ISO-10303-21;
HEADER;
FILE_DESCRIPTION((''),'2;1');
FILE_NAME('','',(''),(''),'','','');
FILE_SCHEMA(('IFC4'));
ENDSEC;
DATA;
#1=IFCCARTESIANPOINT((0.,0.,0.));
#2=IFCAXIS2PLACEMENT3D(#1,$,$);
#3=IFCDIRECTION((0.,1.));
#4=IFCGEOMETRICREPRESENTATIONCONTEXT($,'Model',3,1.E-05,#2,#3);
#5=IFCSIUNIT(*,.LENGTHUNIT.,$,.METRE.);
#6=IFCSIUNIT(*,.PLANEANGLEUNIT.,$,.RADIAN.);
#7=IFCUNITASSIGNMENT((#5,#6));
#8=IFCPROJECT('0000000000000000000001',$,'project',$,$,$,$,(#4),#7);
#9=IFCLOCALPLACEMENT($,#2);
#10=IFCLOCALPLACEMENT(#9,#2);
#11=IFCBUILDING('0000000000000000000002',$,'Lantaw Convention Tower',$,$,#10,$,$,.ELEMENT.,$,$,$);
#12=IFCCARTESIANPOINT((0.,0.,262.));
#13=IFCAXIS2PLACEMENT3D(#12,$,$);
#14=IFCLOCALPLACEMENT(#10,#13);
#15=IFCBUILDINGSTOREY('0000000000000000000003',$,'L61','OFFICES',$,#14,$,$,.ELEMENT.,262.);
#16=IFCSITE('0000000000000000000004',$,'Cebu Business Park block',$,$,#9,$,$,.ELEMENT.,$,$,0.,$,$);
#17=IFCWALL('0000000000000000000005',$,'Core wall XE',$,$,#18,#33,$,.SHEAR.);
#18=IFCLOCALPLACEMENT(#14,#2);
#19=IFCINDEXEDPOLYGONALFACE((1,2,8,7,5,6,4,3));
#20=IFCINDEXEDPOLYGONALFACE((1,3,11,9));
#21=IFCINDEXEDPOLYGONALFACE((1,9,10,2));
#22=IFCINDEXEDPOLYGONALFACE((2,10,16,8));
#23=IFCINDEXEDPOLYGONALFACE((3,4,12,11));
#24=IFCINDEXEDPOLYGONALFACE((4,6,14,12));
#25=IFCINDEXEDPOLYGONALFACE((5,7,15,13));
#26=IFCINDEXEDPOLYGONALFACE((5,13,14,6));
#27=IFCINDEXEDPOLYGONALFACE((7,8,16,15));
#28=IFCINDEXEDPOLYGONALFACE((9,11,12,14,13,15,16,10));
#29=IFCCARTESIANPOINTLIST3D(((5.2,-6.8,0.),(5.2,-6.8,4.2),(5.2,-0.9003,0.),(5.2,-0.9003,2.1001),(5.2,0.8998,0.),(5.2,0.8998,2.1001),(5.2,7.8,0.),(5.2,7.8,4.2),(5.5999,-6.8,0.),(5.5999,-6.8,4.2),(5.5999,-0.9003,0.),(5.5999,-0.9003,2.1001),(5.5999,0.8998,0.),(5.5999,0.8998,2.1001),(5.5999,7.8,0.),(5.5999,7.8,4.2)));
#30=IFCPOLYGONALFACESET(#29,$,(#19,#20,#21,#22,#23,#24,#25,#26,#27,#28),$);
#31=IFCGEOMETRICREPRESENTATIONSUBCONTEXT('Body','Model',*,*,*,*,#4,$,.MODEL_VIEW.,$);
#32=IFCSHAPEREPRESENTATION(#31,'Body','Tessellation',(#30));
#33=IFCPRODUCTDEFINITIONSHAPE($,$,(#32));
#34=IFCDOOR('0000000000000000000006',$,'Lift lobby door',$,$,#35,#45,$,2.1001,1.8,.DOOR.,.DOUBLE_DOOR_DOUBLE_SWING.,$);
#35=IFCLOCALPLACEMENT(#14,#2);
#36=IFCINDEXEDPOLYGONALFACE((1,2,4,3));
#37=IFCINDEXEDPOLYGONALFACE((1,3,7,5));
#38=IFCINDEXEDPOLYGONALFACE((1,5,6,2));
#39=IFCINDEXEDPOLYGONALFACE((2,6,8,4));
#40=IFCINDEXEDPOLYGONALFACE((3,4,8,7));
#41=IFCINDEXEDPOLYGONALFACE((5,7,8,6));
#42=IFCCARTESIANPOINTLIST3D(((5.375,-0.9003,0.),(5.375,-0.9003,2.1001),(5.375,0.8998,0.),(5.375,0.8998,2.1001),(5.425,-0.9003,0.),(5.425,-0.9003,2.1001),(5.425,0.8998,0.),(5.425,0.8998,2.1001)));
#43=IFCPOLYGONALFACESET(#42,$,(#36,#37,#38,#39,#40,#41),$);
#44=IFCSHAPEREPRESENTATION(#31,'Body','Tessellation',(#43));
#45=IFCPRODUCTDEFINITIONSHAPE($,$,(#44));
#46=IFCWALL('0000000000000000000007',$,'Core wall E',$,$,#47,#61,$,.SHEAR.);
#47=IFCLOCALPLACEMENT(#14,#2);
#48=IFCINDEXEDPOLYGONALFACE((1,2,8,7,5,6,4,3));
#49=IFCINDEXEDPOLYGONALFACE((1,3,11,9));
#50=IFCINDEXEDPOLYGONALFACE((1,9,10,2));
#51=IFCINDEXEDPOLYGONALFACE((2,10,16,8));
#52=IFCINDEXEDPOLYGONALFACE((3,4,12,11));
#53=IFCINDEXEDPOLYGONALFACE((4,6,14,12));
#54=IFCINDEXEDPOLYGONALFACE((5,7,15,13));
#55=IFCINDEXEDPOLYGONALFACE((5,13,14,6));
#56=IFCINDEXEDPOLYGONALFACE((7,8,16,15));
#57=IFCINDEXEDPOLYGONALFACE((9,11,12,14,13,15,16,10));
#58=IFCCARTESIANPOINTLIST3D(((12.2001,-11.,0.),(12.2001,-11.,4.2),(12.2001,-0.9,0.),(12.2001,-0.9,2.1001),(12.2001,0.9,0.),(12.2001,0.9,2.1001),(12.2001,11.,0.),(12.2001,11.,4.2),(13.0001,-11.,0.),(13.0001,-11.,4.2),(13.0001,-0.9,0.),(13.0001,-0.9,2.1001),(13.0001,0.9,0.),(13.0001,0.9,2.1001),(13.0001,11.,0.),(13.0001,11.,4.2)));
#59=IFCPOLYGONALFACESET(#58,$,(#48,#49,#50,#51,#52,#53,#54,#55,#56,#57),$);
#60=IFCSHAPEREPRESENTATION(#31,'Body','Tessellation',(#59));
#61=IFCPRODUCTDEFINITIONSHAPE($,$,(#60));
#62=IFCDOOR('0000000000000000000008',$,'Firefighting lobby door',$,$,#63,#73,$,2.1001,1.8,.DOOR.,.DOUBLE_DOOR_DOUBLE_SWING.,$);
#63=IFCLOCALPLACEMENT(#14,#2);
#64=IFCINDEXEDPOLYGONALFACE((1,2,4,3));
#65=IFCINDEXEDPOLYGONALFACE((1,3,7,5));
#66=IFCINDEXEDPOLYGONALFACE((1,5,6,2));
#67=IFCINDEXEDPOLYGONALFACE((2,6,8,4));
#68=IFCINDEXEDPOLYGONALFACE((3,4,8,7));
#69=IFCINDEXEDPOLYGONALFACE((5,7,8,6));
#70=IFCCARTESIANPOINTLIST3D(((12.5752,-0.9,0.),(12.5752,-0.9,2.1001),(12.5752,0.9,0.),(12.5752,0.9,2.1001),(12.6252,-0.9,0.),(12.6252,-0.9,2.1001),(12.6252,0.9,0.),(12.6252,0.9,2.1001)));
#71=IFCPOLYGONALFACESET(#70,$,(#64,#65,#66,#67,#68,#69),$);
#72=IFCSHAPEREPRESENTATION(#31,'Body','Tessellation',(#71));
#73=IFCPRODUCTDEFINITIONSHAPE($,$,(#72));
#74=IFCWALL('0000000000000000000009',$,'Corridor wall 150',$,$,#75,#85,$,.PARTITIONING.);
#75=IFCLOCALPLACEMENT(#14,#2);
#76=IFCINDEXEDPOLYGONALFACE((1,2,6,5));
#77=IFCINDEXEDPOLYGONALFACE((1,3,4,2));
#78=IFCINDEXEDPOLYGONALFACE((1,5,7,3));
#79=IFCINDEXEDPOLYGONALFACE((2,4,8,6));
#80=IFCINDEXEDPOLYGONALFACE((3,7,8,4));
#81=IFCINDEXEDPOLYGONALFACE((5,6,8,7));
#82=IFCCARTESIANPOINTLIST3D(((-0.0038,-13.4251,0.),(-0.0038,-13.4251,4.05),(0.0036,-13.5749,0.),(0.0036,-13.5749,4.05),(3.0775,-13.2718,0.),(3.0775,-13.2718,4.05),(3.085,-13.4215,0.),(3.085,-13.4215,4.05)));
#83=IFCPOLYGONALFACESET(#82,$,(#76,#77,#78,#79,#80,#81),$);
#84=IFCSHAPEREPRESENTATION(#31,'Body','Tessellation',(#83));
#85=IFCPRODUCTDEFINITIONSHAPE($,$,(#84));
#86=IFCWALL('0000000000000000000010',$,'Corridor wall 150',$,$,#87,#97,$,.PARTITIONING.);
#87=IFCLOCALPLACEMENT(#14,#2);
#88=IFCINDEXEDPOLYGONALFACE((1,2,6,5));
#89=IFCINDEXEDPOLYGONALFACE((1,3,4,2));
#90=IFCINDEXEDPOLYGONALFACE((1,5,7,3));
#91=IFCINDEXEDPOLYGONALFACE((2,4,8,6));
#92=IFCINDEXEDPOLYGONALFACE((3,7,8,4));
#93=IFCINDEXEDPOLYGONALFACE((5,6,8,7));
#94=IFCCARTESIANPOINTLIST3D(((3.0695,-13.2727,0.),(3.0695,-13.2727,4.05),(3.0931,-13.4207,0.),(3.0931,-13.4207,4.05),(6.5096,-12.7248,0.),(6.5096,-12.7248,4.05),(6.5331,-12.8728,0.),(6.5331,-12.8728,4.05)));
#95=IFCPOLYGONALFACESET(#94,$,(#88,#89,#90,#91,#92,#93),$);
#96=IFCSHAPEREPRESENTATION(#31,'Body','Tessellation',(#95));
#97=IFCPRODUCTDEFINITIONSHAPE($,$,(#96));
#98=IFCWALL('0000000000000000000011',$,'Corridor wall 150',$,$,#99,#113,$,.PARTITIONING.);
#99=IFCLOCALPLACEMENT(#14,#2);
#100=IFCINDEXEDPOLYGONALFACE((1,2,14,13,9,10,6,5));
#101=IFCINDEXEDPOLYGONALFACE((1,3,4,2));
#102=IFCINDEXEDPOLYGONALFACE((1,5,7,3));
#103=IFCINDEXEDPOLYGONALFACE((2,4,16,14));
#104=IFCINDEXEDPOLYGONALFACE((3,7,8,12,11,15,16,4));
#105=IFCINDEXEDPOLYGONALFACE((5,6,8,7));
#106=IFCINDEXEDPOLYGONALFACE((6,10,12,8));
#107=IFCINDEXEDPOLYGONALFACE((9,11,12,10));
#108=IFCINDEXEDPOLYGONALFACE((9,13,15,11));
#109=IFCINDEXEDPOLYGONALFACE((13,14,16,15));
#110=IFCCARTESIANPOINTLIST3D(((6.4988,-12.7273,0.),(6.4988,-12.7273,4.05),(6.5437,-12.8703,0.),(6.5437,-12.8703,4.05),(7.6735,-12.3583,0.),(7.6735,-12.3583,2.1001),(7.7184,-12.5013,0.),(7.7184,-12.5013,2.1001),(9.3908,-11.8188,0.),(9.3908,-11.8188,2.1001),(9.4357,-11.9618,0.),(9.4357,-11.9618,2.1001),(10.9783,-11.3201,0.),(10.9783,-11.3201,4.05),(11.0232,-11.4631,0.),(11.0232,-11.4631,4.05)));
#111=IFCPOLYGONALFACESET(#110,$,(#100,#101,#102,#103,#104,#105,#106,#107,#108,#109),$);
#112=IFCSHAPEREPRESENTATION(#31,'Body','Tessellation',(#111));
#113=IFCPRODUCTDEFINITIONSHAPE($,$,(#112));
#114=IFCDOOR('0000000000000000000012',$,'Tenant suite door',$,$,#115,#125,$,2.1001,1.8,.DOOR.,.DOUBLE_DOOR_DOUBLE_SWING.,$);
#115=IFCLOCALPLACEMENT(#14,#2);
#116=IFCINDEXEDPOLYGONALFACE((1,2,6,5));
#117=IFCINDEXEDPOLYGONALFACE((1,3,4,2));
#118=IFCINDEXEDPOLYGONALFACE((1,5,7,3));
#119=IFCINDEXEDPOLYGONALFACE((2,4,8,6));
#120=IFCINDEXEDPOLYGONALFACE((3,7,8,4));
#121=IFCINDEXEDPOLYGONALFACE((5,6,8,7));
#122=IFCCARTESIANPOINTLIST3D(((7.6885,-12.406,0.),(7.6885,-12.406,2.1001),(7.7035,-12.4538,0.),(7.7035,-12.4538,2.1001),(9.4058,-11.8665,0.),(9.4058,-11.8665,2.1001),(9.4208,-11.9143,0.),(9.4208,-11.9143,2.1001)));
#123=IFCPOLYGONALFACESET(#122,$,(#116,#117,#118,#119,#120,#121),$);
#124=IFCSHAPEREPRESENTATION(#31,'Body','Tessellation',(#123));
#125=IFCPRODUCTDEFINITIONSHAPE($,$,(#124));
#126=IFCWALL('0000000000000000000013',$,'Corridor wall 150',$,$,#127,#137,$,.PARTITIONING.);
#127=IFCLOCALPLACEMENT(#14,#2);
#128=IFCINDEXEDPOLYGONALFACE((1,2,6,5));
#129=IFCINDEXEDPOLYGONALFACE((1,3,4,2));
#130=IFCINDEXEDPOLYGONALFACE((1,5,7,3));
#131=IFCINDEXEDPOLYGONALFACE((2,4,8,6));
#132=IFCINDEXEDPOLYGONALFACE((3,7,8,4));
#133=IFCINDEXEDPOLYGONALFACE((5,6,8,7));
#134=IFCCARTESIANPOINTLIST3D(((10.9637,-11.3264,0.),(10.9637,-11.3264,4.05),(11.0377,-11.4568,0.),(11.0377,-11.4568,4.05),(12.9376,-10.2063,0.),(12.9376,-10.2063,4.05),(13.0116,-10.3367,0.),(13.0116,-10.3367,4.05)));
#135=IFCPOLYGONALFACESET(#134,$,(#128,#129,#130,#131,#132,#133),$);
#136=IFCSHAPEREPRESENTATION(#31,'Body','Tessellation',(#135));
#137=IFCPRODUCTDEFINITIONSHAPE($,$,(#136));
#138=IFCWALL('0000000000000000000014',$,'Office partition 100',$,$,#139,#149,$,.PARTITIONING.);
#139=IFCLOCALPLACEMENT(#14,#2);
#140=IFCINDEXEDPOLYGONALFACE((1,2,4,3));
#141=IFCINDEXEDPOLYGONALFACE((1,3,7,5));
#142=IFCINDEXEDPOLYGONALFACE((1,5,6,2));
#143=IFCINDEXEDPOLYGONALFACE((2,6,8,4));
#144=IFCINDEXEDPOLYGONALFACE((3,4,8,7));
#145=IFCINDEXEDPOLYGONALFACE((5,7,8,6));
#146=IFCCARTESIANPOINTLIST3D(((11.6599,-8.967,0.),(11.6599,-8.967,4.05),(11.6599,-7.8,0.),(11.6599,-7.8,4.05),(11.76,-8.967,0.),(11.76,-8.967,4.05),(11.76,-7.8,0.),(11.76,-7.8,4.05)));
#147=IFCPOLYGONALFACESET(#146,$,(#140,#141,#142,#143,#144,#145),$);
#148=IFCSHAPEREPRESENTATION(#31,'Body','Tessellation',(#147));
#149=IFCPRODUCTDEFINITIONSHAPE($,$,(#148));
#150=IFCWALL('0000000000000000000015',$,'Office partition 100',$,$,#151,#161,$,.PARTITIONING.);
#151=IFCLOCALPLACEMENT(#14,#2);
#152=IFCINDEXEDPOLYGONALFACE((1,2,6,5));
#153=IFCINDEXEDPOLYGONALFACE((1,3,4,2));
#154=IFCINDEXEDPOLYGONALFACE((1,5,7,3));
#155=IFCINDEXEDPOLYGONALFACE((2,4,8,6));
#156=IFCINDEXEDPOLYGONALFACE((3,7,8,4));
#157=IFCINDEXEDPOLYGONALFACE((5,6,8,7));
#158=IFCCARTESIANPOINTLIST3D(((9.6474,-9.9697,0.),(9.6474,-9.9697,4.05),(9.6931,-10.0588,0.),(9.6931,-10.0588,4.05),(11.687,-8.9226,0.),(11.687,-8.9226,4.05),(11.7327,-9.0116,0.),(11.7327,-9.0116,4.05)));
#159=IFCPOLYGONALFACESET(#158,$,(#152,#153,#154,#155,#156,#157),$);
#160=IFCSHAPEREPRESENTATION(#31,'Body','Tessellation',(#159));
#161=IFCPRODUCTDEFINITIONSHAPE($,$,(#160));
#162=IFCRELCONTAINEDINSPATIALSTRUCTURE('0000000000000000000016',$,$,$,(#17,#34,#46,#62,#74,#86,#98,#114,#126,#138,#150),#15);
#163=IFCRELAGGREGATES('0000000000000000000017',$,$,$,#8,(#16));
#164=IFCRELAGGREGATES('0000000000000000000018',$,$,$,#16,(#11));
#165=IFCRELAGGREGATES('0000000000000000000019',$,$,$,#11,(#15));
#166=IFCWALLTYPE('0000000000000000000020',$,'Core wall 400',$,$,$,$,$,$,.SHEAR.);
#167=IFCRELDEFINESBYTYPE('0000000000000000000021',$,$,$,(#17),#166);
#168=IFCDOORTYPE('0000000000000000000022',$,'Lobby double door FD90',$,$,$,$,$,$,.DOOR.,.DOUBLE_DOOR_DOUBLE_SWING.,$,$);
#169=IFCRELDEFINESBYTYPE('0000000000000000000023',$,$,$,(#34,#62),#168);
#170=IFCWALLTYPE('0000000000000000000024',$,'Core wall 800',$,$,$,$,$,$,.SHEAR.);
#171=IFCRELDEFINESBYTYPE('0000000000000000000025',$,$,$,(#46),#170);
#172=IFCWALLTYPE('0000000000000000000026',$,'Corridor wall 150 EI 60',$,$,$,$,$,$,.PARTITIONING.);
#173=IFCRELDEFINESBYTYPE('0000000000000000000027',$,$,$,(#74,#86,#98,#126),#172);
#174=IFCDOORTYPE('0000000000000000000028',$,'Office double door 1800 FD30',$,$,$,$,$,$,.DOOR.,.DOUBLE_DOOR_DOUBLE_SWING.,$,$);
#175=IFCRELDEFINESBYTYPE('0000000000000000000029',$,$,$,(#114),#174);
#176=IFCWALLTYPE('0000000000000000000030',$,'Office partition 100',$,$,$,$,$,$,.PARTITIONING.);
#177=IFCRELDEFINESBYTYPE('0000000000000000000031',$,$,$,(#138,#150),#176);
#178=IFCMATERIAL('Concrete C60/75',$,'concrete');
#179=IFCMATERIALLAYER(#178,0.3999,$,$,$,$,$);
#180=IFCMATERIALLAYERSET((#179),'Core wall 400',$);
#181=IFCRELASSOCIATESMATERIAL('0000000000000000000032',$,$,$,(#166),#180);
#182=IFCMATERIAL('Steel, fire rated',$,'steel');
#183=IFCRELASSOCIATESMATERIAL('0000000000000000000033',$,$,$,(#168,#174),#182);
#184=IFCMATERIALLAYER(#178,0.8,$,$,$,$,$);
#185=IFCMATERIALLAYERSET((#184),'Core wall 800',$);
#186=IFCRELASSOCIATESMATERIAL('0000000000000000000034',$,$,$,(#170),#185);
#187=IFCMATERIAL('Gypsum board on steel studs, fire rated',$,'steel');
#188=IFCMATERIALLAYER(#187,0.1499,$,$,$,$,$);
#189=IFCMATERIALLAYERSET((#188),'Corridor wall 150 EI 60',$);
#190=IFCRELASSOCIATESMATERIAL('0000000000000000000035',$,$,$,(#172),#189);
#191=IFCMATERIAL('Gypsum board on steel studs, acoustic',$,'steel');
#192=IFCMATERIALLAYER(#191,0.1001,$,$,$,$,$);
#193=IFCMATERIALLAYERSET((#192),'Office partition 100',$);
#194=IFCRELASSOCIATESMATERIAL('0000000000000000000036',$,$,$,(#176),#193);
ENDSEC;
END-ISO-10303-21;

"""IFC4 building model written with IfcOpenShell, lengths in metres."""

from ifc_helpers import new_model, si_unit, direction, frame, frame_2d, origin, place, context, subcontext, project, spatial, rectangle, extrude, material, layer, layer_set, type_object, element, fill, save


model = new_model("IFC4")

# Units and contexts
model_context = context("Model", 3, precision=1e-05, world=origin(), true_north=direction((0.0, 1.0)))
body_context = subcontext(model_context, "Body", "Model", "MODEL_VIEW")
ifc_project = project(units=[si_unit("LENGTHUNIT", "METRE"), si_unit("PLANEANGLEUNIT", "RADIAN")], contexts=[model_context])

# Site, building, storey
site_placement = place(None, origin())
site = spatial("IfcSite", under=ifc_project, at=site_placement, Name="Cebu Business Park block", CompositionType="ELEMENT", RefElevation=0.0)
building_placement = place(site_placement, origin())
building = spatial("IfcBuilding", under=site, at=building_placement, Name="Lantaw Convention Tower", CompositionType="ELEMENT")
storey_placement = place(building_placement, frame((0.0, 0.0, 262.0)))
storey = spatial("IfcBuildingStorey", under=building, at=storey_placement, Name="L61", Description="OFFICES", CompositionType="ELEMENT", Elevation=262.0)

# Walls, openings, doors
ifc_material_1 = material(Name="Concrete C60/75", Category="concrete")
ifc_layer_1 = layer(ifc_material_1, 0.3999)
ifc_layer_set_1 = layer_set([ifc_layer_1], Name="Core wall 400")
wall_type_1 = type_object("IfcWallType", Name="Core wall 400", PredefinedType="SHEAR", material=ifc_layer_set_1)
wall_1_placement = place(storey_placement, frame((5.3999, -6.8, 0.0), z_axis=(0.0, 0.0, 1.0), x_axis=(0.0, 1.0, 0.0)))
wall_1 = element("IfcWall", 1, at=wall_1_placement, inside=storey, type_object=wall_type_1, Name="Core wall XE", PredefinedType="SHEAR", context=body_context, shape_type="SweptSolid", body=[
    extrude(rectangle(XDim=14.6001, YDim=0.3999, at=frame_2d((7.3, 0.0))), origin(), (0.0, 0.0, 1.0), 4.2),
])
opening_1_placement = place(wall_1_placement, frame((5.8999, 0.0, 0.0)))
opening_1 = element("IfcOpeningElement", 2, at=opening_1_placement, cuts=wall_1, PredefinedType="OPENING", context=body_context, shape_type="SweptSolid", body=[
    extrude(rectangle(XDim=1.8, YDim=2.1001, at=frame_2d((0.8999, 1.05))), frame((0.0, 0.21, 0.0), z_axis=(0.0, -1.0, 0.0), x_axis=(1.0, 0.0, 0.0)), (0.0, 0.0, 1.0), 0.4199),
])
ifc_material_2 = material(Name="Steel, fire rated", Category="steel")
door_type_1 = type_object("IfcDoorType", Name="Lobby double door FD90", OperationType="DOUBLE_DOOR_DOUBLE_SWING", PredefinedType="DOOR", material=ifc_material_2)
door_1_placement = place(opening_1_placement, origin())
door_1 = element("IfcDoor", 3, at=door_1_placement, inside=storey, type_object=door_type_1, Name="Lift lobby door", OperationType="DOUBLE_DOOR_DOUBLE_SWING", OverallHeight=2.1001, OverallWidth=1.8, PredefinedType="DOOR", context=body_context, shape_type="SweptSolid", body=[
    extrude(rectangle(XDim=1.8, YDim=2.1001, at=frame_2d((0.8999, 1.05))), frame((0.0, 0.0249, 0.0), z_axis=(0.0, -1.0, 0.0), x_axis=(1.0, 0.0, 0.0)), (0.0, 0.0, 1.0), 0.05),
])
fill(opening_1, door_1)
ifc_layer_2 = layer(ifc_material_1, 0.8)
ifc_layer_set_2 = layer_set([ifc_layer_2], Name="Core wall 800")
wall_type_2 = type_object("IfcWallType", Name="Core wall 800", PredefinedType="SHEAR", material=ifc_layer_set_2)
wall_2_placement = place(storey_placement, frame((12.6001, -11.0, 0.0), z_axis=(0.0, 0.0, 1.0), x_axis=(0.0, 1.0, 0.0)))
wall_2 = element("IfcWall", 4, at=wall_2_placement, inside=storey, type_object=wall_type_2, Name="Core wall E", PredefinedType="SHEAR", context=body_context, shape_type="SweptSolid", body=[
    extrude(rectangle(XDim=22.0, YDim=0.8, at=frame_2d((11.0, 0.0))), origin(), (0.0, 0.0, 1.0), 4.2),
])
opening_2_placement = place(wall_2_placement, frame((10.1001, 0.0, 0.0)))
opening_2 = element("IfcOpeningElement", 5, at=opening_2_placement, cuts=wall_2, PredefinedType="OPENING", context=body_context, shape_type="SweptSolid", body=[
    extrude(rectangle(XDim=1.8, YDim=2.1001, at=frame_2d((0.8999, 1.05))), frame((0.0, 0.4099, 0.0), z_axis=(0.0, -1.0, 0.0), x_axis=(1.0, 0.0, 0.0)), (0.0, 0.0, 1.0), 0.8201),
])
door_2_placement = place(opening_2_placement, origin())
door_2 = element("IfcDoor", 6, at=door_2_placement, inside=storey, type_object=door_type_1, Name="Firefighting lobby door", OperationType="DOUBLE_DOOR_DOUBLE_SWING", OverallHeight=2.1001, OverallWidth=1.8, PredefinedType="DOOR", context=body_context, shape_type="SweptSolid", body=[
    extrude(rectangle(XDim=1.8, YDim=2.1001, at=frame_2d((0.8999, 1.05))), frame((0.0, 0.0249, 0.0), z_axis=(0.0, -1.0, 0.0), x_axis=(1.0, 0.0, 0.0)), (0.0, 0.0, 1.0), 0.05),
])
fill(opening_2, door_2)

# Walls
ifc_material_3 = material(Name="Gypsum board on steel studs, fire rated", Category="steel")
ifc_layer_3 = layer(ifc_material_3, 0.1499)
ifc_layer_set_3 = layer_set([ifc_layer_3], Name="Corridor wall 150 EI 60")
wall_type_3 = type_object("IfcWallType", Name="Corridor wall 150 EI 60", PredefinedType="PARTITIONING", material=ifc_layer_set_3)
wall_3_placement = place(storey_placement, frame((0.0, -13.5, 0.0), z_axis=(0.0, 0.0, 1.0), x_axis=(0.998764, 0.049697, 0.0)))
element("IfcWall", 7, at=wall_3_placement, inside=storey, type_object=wall_type_3, Name="Corridor wall 150", PredefinedType="PARTITIONING", context=body_context, shape_type="SweptSolid", body=[
    extrude(rectangle(XDim=3.0852, YDim=0.1499, at=frame_2d((1.5425, 0.0))), origin(), (0.0, 0.0, 1.0), 4.05),
])
wall_4_placement = place(storey_placement, frame((3.0813, -13.3467, 0.0), z_axis=(0.0, 0.0, 1.0), x_axis=(0.987554, 0.15728, 0.0)))
element("IfcWall", 8, at=wall_4_placement, inside=storey, type_object=wall_type_3, Name="Corridor wall 150", PredefinedType="PARTITIONING", context=body_context, shape_type="SweptSolid", body=[
    extrude(rectangle(XDim=3.4834, YDim=0.1499, at=frame_2d((1.7417, 0.0))), origin(), (0.0, 0.0, 1.0), 4.05),
])

# Wall, opening, door
wall_5_placement = place(storey_placement, frame((6.5212, -12.7988, 0.0), z_axis=(0.0, 0.0, 1.0), x_axis=(0.954031, 0.299708, 0.0)))
wall_5 = element("IfcWall", 9, at=wall_5_placement, inside=storey, type_object=wall_type_3, Name="Corridor wall 150", PredefinedType="PARTITIONING", context=body_context, shape_type="SweptSolid", body=[
    extrude(rectangle(XDim=4.6953, YDim=0.1499, at=frame_2d((2.3477, 0.0))), origin(), (0.0, 0.0, 1.0), 4.05),
])
opening_3_placement = place(wall_5_placement, frame((1.2314, 0.0, 0.0)))
opening_3 = element("IfcOpeningElement", 10, at=opening_3_placement, cuts=wall_5, PredefinedType="OPENING", context=body_context, shape_type="SweptSolid", body=[
    extrude(rectangle(XDim=1.8, YDim=2.1001, at=frame_2d((0.8999, 1.05))), frame((0.0, 0.085, 0.0), z_axis=(0.0, -1.0, 0.0), x_axis=(1.0, 0.0, 0.0)), (0.0, 0.0, 1.0), 0.1699),
])
door_type_2 = type_object("IfcDoorType", Name="Office double door 1800 FD30", OperationType="DOUBLE_DOOR_DOUBLE_SWING", PredefinedType="DOOR", material=ifc_material_2)
door_3_placement = place(opening_3_placement, origin())
door_3 = element("IfcDoor", 11, at=door_3_placement, inside=storey, type_object=door_type_2, Name="Tenant suite door", OperationType="DOUBLE_DOOR_DOUBLE_SWING", OverallHeight=2.1001, OverallWidth=1.8, PredefinedType="DOOR", context=body_context, shape_type="SweptSolid", body=[
    extrude(rectangle(XDim=1.8, YDim=2.1001, at=frame_2d((0.8999, 1.05))), frame((0.0, 0.0249, 0.0), z_axis=(0.0, -1.0, 0.0), x_axis=(1.0, 0.0, 0.0)), (0.0, 0.0, 1.0), 0.05),
])
fill(opening_3, door_3)

# Walls
wall_6_placement = place(storey_placement, frame((11.0007, -11.3916, 0.0), z_axis=(0.0, 0.0, 1.0), x_axis=(0.869722, 0.493542, 0.0)))
element("IfcWall", 12, at=wall_6_placement, inside=storey, type_object=wall_type_3, Name="Corridor wall 150", PredefinedType="PARTITIONING", context=body_context, shape_type="SweptSolid", body=[
    extrude(rectangle(XDim=2.2695, YDim=0.1499, at=frame_2d((1.1348, 0.0))), origin(), (0.0, 0.0, 1.0), 4.05),
])
ifc_material_4 = material(Name="Gypsum board on steel studs, acoustic", Category="steel")
ifc_layer_4 = layer(ifc_material_4, 0.1001)
ifc_layer_set_4 = layer_set([ifc_layer_4], Name="Office partition 100")
wall_type_4 = type_object("IfcWallType", Name="Office partition 100", PredefinedType="PARTITIONING", material=ifc_layer_set_4)
wall_7_placement = place(storey_placement, frame((11.71, -7.8, 0.0), z_axis=(0.0, 0.0, 1.0), x_axis=(0.0, -1.0, 0.0)))
element("IfcWall", 13, at=wall_7_placement, inside=storey, type_object=wall_type_4, Name="Office partition 100", PredefinedType="PARTITIONING", context=body_context, shape_type="SweptSolid", body=[
    extrude(rectangle(XDim=1.167, YDim=0.1001, at=frame_2d((0.5835, 0.0))), origin(), (0.0, 0.0, 1.0), 4.05),
])
wall_8_placement = place(storey_placement, frame((11.71, -8.967, 0.0), z_axis=(0.0, 0.0, 1.0), x_axis=(-0.889606, -0.45673, 0.0)))
element("IfcWall", 14, at=wall_8_placement, inside=storey, type_object=wall_type_4, Name="Office partition 100", PredefinedType="PARTITIONING", context=body_context, shape_type="SweptSolid", body=[
    extrude(rectangle(XDim=2.2927, YDim=0.1001, at=frame_2d((1.1465, 0.0))), origin(), (0.0, 0.0, 1.0), 4.05),
])

save(model, "model.ifc")
